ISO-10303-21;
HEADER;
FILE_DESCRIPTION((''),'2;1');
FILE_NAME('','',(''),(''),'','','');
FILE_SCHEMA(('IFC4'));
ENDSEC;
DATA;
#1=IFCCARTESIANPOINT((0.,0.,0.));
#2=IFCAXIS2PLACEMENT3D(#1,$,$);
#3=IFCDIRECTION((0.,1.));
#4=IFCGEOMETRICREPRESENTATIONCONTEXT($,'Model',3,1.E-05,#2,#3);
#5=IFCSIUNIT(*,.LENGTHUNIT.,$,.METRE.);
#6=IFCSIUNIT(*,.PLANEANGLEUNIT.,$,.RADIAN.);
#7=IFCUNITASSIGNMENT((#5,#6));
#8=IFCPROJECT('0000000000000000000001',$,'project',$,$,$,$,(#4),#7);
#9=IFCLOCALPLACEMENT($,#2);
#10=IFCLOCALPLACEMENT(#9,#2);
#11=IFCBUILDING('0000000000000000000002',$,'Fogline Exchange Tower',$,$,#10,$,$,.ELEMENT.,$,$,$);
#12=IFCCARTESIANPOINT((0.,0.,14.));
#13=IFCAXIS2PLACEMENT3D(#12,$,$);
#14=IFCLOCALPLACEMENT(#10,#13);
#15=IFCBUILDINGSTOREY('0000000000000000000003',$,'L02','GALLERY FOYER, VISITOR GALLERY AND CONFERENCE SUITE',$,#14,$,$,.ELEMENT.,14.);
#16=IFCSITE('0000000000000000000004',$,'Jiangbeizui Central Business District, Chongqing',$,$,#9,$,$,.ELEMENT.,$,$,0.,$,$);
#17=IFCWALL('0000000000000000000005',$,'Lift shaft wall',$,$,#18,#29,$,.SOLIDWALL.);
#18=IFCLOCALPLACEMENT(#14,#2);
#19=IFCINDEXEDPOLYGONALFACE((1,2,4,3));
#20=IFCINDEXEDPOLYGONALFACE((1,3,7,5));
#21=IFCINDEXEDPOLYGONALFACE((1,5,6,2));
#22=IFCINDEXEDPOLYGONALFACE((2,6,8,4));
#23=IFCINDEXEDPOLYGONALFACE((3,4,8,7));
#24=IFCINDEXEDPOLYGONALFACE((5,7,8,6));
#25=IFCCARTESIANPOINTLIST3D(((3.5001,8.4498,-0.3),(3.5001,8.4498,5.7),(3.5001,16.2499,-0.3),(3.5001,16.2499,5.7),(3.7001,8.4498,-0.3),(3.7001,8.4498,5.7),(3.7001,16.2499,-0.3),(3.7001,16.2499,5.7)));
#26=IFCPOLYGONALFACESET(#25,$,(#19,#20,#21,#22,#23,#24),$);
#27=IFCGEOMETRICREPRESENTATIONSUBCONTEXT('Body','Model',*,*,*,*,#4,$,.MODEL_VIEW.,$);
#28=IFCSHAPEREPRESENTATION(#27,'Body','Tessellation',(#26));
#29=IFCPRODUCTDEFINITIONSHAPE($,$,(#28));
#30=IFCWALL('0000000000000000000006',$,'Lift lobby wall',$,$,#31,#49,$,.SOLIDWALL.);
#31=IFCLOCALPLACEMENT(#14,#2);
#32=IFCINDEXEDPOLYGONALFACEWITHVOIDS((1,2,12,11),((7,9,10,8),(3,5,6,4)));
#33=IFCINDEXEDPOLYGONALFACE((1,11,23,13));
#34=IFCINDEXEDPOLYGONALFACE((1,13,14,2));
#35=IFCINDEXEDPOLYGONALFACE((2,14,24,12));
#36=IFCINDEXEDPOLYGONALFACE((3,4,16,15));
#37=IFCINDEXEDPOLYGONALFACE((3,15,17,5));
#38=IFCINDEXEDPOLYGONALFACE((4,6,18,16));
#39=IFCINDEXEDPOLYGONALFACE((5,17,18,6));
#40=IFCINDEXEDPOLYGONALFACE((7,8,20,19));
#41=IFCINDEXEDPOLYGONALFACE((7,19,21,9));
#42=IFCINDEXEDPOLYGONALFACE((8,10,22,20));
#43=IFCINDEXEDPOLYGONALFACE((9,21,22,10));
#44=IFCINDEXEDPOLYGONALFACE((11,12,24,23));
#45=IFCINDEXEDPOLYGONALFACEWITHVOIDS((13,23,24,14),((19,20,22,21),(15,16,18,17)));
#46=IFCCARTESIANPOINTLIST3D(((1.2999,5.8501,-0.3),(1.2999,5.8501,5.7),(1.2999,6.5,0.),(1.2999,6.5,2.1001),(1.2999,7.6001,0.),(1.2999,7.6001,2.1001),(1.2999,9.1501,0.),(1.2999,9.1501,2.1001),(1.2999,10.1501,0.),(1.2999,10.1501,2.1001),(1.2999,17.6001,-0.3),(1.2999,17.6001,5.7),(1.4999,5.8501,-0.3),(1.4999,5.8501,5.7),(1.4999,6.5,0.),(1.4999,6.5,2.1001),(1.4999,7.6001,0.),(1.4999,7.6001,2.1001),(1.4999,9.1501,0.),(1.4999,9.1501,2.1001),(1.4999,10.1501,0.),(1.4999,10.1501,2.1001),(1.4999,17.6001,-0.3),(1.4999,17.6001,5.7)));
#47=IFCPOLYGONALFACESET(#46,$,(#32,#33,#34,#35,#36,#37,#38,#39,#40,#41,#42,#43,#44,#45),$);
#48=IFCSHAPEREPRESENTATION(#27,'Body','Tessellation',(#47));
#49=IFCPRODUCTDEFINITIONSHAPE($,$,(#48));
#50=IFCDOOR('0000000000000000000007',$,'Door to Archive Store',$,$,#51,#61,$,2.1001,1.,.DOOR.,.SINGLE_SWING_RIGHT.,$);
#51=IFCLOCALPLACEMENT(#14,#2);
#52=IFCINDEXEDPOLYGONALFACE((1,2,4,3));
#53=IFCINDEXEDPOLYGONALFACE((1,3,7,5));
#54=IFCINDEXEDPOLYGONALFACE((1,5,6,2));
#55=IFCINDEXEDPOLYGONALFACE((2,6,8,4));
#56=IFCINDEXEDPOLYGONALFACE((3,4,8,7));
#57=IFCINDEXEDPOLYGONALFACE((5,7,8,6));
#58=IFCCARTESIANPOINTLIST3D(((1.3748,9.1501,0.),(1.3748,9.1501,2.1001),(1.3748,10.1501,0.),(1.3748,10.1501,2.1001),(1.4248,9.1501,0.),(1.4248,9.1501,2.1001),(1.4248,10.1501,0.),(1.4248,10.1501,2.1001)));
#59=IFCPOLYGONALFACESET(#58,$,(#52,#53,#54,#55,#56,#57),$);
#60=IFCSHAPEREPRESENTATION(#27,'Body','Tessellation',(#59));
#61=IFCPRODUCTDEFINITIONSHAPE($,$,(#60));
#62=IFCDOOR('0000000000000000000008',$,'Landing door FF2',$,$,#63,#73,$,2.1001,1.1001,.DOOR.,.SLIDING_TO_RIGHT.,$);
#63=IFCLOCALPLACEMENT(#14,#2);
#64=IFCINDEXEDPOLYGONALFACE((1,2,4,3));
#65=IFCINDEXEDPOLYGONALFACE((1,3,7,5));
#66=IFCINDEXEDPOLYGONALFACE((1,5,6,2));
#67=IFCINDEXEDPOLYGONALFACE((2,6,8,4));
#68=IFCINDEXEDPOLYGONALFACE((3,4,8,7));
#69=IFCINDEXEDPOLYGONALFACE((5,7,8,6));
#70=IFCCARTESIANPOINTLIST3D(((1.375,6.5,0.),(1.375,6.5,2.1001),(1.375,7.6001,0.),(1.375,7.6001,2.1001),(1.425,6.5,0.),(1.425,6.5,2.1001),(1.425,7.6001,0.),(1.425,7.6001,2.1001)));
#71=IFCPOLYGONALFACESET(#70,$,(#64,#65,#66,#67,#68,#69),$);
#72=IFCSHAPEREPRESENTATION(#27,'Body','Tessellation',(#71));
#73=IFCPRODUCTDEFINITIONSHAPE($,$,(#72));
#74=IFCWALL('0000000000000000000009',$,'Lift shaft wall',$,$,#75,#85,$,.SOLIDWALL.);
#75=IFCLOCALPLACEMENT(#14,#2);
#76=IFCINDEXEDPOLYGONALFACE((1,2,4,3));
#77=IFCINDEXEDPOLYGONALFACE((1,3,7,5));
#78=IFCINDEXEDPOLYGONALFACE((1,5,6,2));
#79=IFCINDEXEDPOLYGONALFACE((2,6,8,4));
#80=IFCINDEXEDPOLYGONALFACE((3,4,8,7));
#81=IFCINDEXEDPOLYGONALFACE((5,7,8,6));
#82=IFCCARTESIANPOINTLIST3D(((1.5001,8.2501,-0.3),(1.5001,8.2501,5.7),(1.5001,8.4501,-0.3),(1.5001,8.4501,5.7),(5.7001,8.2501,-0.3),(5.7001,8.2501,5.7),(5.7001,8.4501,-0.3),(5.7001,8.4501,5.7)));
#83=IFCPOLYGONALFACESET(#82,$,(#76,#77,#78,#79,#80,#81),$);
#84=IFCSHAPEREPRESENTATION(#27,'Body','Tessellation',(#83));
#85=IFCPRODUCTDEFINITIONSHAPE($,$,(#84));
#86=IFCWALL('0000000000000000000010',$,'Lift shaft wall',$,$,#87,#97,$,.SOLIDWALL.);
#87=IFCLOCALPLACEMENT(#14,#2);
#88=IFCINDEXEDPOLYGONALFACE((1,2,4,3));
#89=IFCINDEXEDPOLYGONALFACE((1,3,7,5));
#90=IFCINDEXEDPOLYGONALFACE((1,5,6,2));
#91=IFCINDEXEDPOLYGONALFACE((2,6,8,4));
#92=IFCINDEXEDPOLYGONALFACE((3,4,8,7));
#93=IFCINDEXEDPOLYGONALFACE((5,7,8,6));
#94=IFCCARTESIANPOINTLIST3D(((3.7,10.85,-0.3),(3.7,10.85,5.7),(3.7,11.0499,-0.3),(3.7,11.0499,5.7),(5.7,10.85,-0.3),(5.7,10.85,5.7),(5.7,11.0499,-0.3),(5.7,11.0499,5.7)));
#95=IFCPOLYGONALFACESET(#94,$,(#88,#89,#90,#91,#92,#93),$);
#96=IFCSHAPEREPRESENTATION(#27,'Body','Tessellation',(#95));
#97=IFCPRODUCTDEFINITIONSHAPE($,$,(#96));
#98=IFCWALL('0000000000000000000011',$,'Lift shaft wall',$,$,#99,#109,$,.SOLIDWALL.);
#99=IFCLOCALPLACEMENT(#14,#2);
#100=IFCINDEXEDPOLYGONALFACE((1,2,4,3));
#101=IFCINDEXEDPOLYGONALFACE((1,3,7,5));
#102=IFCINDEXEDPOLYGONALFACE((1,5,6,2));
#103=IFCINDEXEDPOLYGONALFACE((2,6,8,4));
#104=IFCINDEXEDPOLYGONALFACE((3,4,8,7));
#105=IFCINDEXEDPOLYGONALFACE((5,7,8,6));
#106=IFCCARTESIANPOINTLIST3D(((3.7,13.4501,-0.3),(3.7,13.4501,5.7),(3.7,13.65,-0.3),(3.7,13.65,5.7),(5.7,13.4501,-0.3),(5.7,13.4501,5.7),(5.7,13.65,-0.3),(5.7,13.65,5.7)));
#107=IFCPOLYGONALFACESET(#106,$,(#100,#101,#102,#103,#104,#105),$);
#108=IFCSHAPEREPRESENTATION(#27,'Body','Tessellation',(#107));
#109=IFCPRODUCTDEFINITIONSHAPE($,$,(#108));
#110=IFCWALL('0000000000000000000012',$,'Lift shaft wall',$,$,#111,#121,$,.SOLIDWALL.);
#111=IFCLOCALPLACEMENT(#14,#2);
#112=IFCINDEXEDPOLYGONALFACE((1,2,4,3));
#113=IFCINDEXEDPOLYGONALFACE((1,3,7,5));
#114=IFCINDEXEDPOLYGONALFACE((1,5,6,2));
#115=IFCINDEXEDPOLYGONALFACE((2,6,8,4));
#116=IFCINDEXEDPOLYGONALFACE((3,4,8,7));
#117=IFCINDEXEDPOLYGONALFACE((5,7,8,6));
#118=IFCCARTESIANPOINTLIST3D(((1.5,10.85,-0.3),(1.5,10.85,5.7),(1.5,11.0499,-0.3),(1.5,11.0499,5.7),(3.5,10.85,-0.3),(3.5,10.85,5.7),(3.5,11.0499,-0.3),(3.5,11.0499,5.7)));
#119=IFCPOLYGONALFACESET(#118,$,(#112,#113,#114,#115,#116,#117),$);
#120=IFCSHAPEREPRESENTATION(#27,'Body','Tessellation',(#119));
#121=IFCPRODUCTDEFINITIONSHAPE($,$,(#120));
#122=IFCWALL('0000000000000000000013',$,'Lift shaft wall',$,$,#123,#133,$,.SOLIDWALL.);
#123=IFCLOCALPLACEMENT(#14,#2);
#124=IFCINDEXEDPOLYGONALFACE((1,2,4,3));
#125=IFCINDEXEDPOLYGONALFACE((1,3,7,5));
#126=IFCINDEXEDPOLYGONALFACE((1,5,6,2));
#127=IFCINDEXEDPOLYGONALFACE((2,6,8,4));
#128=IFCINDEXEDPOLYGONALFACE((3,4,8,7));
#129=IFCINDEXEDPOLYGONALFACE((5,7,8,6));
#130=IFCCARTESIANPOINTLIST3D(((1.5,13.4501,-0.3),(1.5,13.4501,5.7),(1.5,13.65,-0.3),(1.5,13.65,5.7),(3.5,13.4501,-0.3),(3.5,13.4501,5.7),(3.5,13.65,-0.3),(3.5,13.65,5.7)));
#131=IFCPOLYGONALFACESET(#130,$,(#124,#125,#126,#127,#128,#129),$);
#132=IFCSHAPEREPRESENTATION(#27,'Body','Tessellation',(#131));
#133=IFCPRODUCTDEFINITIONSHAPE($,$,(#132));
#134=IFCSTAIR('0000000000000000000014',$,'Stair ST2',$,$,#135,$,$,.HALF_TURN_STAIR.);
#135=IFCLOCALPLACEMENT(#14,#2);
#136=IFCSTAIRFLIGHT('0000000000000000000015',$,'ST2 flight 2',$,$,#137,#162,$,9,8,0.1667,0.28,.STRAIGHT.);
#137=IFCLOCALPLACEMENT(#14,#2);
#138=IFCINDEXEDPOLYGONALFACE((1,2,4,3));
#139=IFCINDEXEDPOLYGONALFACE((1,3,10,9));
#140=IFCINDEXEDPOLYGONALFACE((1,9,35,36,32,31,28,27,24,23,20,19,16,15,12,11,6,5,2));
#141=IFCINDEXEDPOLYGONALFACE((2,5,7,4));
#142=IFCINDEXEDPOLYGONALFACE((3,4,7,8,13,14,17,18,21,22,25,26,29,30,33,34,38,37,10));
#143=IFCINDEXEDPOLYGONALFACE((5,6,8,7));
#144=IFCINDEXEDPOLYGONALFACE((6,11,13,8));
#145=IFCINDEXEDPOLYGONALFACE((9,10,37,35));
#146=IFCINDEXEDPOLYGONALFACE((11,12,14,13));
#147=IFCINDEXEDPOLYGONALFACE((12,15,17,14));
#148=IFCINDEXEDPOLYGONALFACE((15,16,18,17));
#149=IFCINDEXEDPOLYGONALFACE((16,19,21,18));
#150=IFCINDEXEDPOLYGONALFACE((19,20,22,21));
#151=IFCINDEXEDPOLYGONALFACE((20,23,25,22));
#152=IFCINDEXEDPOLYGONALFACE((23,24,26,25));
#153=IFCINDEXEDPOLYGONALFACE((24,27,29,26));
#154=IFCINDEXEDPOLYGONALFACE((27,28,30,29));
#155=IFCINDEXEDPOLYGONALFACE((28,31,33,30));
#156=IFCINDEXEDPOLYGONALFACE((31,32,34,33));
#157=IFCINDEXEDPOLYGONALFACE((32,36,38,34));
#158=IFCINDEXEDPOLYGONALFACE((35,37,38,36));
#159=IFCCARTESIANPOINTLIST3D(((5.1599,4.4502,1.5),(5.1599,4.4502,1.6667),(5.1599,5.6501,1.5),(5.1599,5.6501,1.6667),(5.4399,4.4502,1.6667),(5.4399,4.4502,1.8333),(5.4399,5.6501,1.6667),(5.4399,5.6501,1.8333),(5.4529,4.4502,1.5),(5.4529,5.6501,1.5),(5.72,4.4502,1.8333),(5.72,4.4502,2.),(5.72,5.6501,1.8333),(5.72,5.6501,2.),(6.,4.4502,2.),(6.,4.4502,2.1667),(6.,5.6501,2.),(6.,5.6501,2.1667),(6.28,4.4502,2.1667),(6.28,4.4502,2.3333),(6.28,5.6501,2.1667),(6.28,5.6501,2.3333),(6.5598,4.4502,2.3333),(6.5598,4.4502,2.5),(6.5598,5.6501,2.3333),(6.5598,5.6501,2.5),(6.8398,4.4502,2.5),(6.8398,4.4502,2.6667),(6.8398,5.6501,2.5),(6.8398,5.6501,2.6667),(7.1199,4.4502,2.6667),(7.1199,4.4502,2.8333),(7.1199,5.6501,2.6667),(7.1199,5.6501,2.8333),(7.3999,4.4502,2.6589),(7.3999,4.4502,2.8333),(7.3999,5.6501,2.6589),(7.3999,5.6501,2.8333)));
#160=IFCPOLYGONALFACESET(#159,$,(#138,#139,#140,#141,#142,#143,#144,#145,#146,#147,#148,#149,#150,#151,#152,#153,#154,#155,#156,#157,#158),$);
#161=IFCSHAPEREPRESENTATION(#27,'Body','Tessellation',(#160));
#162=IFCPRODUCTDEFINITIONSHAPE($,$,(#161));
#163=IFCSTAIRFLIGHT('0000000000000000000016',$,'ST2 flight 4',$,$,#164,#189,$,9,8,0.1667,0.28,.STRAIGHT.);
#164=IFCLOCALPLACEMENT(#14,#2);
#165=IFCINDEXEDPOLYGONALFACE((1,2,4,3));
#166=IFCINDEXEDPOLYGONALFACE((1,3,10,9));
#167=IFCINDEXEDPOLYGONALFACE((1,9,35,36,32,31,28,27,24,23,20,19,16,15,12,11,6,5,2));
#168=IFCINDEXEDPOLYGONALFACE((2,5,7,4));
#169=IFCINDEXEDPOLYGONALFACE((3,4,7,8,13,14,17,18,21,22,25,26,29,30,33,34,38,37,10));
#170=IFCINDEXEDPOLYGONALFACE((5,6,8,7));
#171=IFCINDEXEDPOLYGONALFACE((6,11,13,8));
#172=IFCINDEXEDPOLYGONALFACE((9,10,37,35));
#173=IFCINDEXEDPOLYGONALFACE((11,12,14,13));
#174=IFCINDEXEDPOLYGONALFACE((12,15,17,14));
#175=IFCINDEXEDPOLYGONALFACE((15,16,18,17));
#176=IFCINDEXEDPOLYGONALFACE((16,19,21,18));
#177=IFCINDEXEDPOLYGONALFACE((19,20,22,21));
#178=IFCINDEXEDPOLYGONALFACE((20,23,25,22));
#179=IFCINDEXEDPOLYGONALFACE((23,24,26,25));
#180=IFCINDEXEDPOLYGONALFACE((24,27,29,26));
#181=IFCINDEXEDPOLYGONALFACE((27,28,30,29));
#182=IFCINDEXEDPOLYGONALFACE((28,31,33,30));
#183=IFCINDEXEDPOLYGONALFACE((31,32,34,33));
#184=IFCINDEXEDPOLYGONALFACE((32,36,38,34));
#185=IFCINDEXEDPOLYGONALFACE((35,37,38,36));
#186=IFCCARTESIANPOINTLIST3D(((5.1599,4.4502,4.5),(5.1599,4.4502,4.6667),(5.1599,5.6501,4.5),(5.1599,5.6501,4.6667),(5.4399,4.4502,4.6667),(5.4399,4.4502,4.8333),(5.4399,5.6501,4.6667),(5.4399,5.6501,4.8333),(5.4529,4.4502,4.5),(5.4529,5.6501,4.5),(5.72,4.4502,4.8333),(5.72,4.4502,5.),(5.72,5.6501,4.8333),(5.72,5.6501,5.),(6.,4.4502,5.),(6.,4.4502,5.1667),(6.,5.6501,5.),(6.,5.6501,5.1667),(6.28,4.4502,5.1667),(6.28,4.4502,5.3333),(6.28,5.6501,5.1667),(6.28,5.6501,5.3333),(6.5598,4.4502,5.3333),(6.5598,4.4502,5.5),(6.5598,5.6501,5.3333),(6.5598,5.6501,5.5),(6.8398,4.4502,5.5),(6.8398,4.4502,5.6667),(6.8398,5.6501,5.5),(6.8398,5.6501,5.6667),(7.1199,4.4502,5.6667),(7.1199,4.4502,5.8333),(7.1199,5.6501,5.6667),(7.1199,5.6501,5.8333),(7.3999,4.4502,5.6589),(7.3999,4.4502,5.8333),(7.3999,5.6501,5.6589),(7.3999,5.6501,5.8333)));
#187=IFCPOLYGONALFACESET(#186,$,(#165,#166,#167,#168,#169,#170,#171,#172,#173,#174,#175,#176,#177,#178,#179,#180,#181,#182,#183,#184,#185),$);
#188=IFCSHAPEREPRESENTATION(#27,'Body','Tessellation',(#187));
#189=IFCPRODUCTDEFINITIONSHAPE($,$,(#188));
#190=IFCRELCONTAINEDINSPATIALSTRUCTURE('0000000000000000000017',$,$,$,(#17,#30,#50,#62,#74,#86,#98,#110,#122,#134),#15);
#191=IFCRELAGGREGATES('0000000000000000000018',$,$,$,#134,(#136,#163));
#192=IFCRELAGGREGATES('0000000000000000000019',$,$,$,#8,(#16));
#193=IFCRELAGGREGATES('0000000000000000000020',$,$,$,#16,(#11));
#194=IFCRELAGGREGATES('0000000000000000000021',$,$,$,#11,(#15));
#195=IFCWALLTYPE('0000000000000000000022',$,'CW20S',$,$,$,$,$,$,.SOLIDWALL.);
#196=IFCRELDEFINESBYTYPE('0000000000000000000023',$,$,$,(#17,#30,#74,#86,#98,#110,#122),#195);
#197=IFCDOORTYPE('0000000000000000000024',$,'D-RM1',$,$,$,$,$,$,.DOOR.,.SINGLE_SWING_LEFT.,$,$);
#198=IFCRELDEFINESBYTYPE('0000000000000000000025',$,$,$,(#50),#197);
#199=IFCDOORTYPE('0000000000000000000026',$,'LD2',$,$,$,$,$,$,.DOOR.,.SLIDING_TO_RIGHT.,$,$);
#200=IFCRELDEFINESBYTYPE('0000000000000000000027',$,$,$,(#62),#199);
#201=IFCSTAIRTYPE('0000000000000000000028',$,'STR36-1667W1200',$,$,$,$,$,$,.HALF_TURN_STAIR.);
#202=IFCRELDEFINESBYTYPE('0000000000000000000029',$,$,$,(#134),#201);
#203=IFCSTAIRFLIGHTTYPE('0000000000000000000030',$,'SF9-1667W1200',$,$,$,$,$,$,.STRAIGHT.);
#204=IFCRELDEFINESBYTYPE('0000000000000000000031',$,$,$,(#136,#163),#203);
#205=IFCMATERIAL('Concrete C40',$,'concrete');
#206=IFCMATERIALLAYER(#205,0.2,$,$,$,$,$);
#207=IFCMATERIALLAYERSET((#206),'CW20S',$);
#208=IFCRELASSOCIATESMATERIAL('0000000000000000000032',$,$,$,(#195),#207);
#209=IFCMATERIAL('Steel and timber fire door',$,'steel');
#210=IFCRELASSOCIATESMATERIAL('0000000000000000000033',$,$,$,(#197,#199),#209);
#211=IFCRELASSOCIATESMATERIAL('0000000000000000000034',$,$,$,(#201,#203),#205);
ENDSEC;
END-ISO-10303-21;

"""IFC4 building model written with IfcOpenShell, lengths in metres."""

from ifc_helpers import new_model, si_unit, direction, frame, frame_2d, origin, place, context, subcontext, project, spatial, polyline, rectangle, outline, extrude, material, layer, layer_set, type_object, element, fill, aggregate, save


model = new_model("IFC4")

# Units and contexts
model_context = context("Model", 3, precision=1e-05, world=origin(), true_north=direction((0.0, 1.0)))
body_context = subcontext(model_context, "Body", "Model", "MODEL_VIEW")
ifc_project = project(units=[si_unit("LENGTHUNIT", "METRE"), si_unit("PLANEANGLEUNIT", "RADIAN")], contexts=[model_context])

# Site, building, storey
site_placement = place(None, origin())
site = spatial("IfcSite", under=ifc_project, at=site_placement, Name="Jiangbeizui Central Business District, Chongqing", CompositionType="ELEMENT", RefElevation=0.0)
building_placement = place(site_placement, origin())
building = spatial("IfcBuilding", under=site, at=building_placement, Name="Fogline Exchange Tower", CompositionType="ELEMENT")
storey_placement = place(building_placement, frame((0.0, 0.0, 14.0)))
storey = spatial("IfcBuildingStorey", under=building, at=storey_placement, Name="L02", Description="GALLERY FOYER, VISITOR GALLERY AND CONFERENCE SUITE", CompositionType="ELEMENT", Elevation=14.0)

# Shared definitions
ifc_material_1 = material(Name="Steel and timber fire door", Category="steel")

# Shared definitions
ifc_material_2 = material(Name="Concrete C40", Category="concrete")

# Shared definitions
ifc_layer_1 = layer(ifc_material_2, 0.2)
ifc_layer_set_1 = layer_set([ifc_layer_1], Name="CW20S")
wall_type_1 = type_object("IfcWallType", Name="CW20S", PredefinedType="SOLIDWALL", material=ifc_layer_set_1)
door_type_1 = type_object("IfcDoorType", Name="D-RM1", OperationType="SINGLE_SWING_LEFT", PredefinedType="DOOR", material=ifc_material_1)

# Wall
wall_1_placement = place(storey_placement, frame((3.6001, 8.45, -0.3), z_axis=(0.0, 0.0, 1.0), x_axis=(0.0, 1.0, 0.0)))
element("IfcWall", 1, at=wall_1_placement, inside=storey, type_object=wall_type_1, Name="Lift shaft wall", PredefinedType="SOLIDWALL", context=body_context, shape_type="SweptSolid", body=[
    extrude(rectangle(XDim=7.8, YDim=0.2, at=frame_2d((3.8999, 0.0))), origin(), (0.0, 0.0, 1.0), 6.0),
])

# Wall, openings, doors
wall_2_placement = place(storey_placement, frame((1.3999, 5.8501, -0.3), z_axis=(0.0, 0.0, 1.0), x_axis=(0.0, 1.0, 0.0)))
wall_2 = element("IfcWall", 2, at=wall_2_placement, inside=storey, type_object=wall_type_1, Name="Lift lobby wall", PredefinedType="SOLIDWALL", context=body_context, shape_type="SweptSolid", body=[
    extrude(rectangle(XDim=11.75, YDim=0.2, at=frame_2d((5.875, 0.0))), origin(), (0.0, 0.0, 1.0), 6.0),
])
opening_1_placement = place(wall_2_placement, frame((0.6499, 0.0, 0.3)))
opening_1 = element("IfcOpeningElement", 3, at=opening_1_placement, cuts=wall_2, PredefinedType="OPENING", context=body_context, shape_type="SweptSolid", body=[
    extrude(rectangle(XDim=1.1001, YDim=2.1001, at=frame_2d((0.55, 1.05))), frame((0.0, 0.1099, 0.0), z_axis=(0.0, -1.0, 0.0), x_axis=(1.0, 0.0, 0.0)), (0.0, 0.0, 1.0), 0.22),
])
opening_2_placement = place(wall_2_placement, frame((3.3, 0.0, 0.3)))
opening_2 = element("IfcOpeningElement", 4, at=opening_2_placement, cuts=wall_2, PredefinedType="OPENING", context=body_context, shape_type="SweptSolid", body=[
    extrude(rectangle(XDim=1.0, YDim=2.1001, at=frame_2d((0.5, 1.05))), frame((0.0, 0.1099, 0.0), z_axis=(0.0, -1.0, 0.0), x_axis=(1.0, 0.0, 0.0)), (0.0, 0.0, 1.0), 0.22),
])
door_1_placement = place(opening_2_placement, frame((1.0, 0.0, 0.0), z_axis=(0.0, 0.0, 1.0), x_axis=(-1.0, 0.0, 0.0)))
door_1 = element("IfcDoor", 5, at=door_1_placement, inside=storey, type_object=door_type_1, Name="Door to Archive Store", OperationType="SINGLE_SWING_RIGHT", OverallHeight=2.1001, OverallWidth=1.0, PredefinedType="DOOR", context=body_context, shape_type="SweptSolid", body=[
    extrude(rectangle(XDim=1.0, YDim=2.1001, at=frame_2d((0.5, 1.05))), frame((0.0, 0.0249, 0.0), z_axis=(0.0, -1.0, 0.0), x_axis=(1.0, 0.0, 0.0)), (0.0, 0.0, 1.0), 0.05),
])
fill(opening_2, door_1)
door_type_2 = type_object("IfcDoorType", Name="LD2", OperationType="SLIDING_TO_RIGHT", PredefinedType="DOOR", material=ifc_material_1)
door_2_placement = place(opening_1_placement, origin())
door_2 = element("IfcDoor", 6, at=door_2_placement, inside=storey, type_object=door_type_2, Name="Landing door FF2", OperationType="SLIDING_TO_RIGHT", OverallHeight=2.1001, OverallWidth=1.1001, PredefinedType="DOOR", context=body_context, shape_type="SweptSolid", body=[
    extrude(rectangle(XDim=1.1001, YDim=2.1001, at=frame_2d((0.55, 1.05))), frame((0.0, 0.0249, 0.0), z_axis=(0.0, -1.0, 0.0), x_axis=(1.0, 0.0, 0.0)), (0.0, 0.0, 1.0), 0.05),
])
fill(opening_1, door_2)

# Walls
wall_3_placement = place(storey_placement, frame((1.5, 8.3501, -0.3), z_axis=(0.0, 0.0, 1.0), x_axis=(1.0, 0.0, 0.0)))
element("IfcWall", 7, at=wall_3_placement, inside=storey, type_object=wall_type_1, Name="Lift shaft wall", PredefinedType="SOLIDWALL", context=body_context, shape_type="SweptSolid", body=[
    extrude(rectangle(XDim=4.2, YDim=0.2, at=frame_2d((2.1001, 0.0))), origin(), (0.0, 0.0, 1.0), 6.0),
])
for number, where, z_axis, x_axis, name in (
    (8, (3.7, 10.95, -0.3), (0.0, 0.0, 1.0), (1.0, 0.0, 0.0), "Lift shaft wall"),
    (9, (3.7, 13.55, -0.3), (0.0, 0.0, 1.0), (1.0, 0.0, 0.0), "Lift shaft wall"),
    (10, (1.5, 10.95, -0.3), (0.0, 0.0, 1.0), (1.0, 0.0, 0.0), "Lift shaft wall"),
    (11, (1.5, 13.55, -0.3), (0.0, 0.0, 1.0), (1.0, 0.0, 0.0), "Lift shaft wall"),
):
    element("IfcWall", number, at=place(storey_placement, frame(where, z_axis=z_axis, x_axis=x_axis)), inside=storey, type_object=wall_type_1, Name=name, PredefinedType="SOLIDWALL", context=body_context, shape_type="SweptSolid", body=[
        extrude(rectangle(XDim=2.0, YDim=0.2, at=frame_2d((1.0, 0.0))), origin(), (0.0, 0.0, 1.0), 6.0),
    ])

# Stair, stair flights
stair_type = type_object("IfcStairType", Name="STR36-1667W1200", PredefinedType="HALF_TURN_STAIR", material=ifc_material_2)
stair_placement = place(storey_placement, origin())
stair = element("IfcStair", 12, at=stair_placement, inside=storey, type_object=stair_type, Name="Stair ST2", PredefinedType="HALF_TURN_STAIR")
stair_flight_type = type_object("IfcStairFlightType", Name="SF9-1667W1200", PredefinedType="STRAIGHT", material=ifc_material_2)
stair_flight_1_placement = place(storey_placement, frame((5.1599, 5.05, 1.5), z_axis=(0.0, 0.0, 1.0), x_axis=(1.0, 0.0, 0.0)))
stair_flight_1 = element("IfcStairFlight", 13, at=stair_flight_1_placement, type_object=stair_flight_type, Name="ST2 flight 2", NumberOfRisers=9, NumberOfTreads=8, PredefinedType="STRAIGHT", RiserHeight=0.1667, TreadLength=0.28, context=body_context, shape_type="SweptSolid", body=[
    extrude(outline(polyline([(0.0, 0.0), (0.0, 0.1667), (0.28, 0.1667), (0.28, 0.3333), (0.5601, 0.3333), (0.5601, 0.5), (0.8401, 0.5), (0.8401, 0.6667), (1.1201, 0.6667), (1.1201, 0.8333), (1.3999, 0.8333), (1.3999, 1.0), (1.6799, 1.0), (1.6799, 1.1667), (1.96, 1.1667), (1.96, 1.3333), (2.24, 1.3333), (2.24, 1.5), (2.24, 1.1589), (0.293, 0.0), (0.0, 0.0)])), frame((0.0, 0.6001, 0.0), z_axis=(0.0, -1.0, 0.0), x_axis=(1.0, 0.0, 0.0)), (0.0, 0.0, 1.0), 1.2),
])
stair_flight_2_placement = place(storey_placement, frame((5.1599, 5.05, 4.5), z_axis=(0.0, 0.0, 1.0), x_axis=(1.0, 0.0, 0.0)))
stair_flight_2 = element("IfcStairFlight", 14, at=stair_flight_2_placement, type_object=stair_flight_type, Name="ST2 flight 4", NumberOfRisers=9, NumberOfTreads=8, PredefinedType="STRAIGHT", RiserHeight=0.1667, TreadLength=0.28, context=body_context, shape_type="SweptSolid", body=[
    extrude(outline(polyline([(0.0, 0.0), (0.0, 0.1667), (0.28, 0.1667), (0.28, 0.3333), (0.5601, 0.3333), (0.5601, 0.5), (0.8401, 0.5), (0.8401, 0.6667), (1.1201, 0.6667), (1.1201, 0.8333), (1.3999, 0.8333), (1.3999, 1.0), (1.6799, 1.0), (1.6799, 1.1667), (1.96, 1.1667), (1.96, 1.3333), (2.24, 1.3333), (2.24, 1.5), (2.24, 1.1589), (0.293, 0.0), (0.0, 0.0)])), frame((0.0, 0.6001, 0.0), z_axis=(0.0, -1.0, 0.0), x_axis=(1.0, 0.0, 0.0)), (0.0, 0.0, 1.0), 1.2),
])
aggregate(stair, [stair_flight_1, stair_flight_2])

save(model, "model.ifc")
